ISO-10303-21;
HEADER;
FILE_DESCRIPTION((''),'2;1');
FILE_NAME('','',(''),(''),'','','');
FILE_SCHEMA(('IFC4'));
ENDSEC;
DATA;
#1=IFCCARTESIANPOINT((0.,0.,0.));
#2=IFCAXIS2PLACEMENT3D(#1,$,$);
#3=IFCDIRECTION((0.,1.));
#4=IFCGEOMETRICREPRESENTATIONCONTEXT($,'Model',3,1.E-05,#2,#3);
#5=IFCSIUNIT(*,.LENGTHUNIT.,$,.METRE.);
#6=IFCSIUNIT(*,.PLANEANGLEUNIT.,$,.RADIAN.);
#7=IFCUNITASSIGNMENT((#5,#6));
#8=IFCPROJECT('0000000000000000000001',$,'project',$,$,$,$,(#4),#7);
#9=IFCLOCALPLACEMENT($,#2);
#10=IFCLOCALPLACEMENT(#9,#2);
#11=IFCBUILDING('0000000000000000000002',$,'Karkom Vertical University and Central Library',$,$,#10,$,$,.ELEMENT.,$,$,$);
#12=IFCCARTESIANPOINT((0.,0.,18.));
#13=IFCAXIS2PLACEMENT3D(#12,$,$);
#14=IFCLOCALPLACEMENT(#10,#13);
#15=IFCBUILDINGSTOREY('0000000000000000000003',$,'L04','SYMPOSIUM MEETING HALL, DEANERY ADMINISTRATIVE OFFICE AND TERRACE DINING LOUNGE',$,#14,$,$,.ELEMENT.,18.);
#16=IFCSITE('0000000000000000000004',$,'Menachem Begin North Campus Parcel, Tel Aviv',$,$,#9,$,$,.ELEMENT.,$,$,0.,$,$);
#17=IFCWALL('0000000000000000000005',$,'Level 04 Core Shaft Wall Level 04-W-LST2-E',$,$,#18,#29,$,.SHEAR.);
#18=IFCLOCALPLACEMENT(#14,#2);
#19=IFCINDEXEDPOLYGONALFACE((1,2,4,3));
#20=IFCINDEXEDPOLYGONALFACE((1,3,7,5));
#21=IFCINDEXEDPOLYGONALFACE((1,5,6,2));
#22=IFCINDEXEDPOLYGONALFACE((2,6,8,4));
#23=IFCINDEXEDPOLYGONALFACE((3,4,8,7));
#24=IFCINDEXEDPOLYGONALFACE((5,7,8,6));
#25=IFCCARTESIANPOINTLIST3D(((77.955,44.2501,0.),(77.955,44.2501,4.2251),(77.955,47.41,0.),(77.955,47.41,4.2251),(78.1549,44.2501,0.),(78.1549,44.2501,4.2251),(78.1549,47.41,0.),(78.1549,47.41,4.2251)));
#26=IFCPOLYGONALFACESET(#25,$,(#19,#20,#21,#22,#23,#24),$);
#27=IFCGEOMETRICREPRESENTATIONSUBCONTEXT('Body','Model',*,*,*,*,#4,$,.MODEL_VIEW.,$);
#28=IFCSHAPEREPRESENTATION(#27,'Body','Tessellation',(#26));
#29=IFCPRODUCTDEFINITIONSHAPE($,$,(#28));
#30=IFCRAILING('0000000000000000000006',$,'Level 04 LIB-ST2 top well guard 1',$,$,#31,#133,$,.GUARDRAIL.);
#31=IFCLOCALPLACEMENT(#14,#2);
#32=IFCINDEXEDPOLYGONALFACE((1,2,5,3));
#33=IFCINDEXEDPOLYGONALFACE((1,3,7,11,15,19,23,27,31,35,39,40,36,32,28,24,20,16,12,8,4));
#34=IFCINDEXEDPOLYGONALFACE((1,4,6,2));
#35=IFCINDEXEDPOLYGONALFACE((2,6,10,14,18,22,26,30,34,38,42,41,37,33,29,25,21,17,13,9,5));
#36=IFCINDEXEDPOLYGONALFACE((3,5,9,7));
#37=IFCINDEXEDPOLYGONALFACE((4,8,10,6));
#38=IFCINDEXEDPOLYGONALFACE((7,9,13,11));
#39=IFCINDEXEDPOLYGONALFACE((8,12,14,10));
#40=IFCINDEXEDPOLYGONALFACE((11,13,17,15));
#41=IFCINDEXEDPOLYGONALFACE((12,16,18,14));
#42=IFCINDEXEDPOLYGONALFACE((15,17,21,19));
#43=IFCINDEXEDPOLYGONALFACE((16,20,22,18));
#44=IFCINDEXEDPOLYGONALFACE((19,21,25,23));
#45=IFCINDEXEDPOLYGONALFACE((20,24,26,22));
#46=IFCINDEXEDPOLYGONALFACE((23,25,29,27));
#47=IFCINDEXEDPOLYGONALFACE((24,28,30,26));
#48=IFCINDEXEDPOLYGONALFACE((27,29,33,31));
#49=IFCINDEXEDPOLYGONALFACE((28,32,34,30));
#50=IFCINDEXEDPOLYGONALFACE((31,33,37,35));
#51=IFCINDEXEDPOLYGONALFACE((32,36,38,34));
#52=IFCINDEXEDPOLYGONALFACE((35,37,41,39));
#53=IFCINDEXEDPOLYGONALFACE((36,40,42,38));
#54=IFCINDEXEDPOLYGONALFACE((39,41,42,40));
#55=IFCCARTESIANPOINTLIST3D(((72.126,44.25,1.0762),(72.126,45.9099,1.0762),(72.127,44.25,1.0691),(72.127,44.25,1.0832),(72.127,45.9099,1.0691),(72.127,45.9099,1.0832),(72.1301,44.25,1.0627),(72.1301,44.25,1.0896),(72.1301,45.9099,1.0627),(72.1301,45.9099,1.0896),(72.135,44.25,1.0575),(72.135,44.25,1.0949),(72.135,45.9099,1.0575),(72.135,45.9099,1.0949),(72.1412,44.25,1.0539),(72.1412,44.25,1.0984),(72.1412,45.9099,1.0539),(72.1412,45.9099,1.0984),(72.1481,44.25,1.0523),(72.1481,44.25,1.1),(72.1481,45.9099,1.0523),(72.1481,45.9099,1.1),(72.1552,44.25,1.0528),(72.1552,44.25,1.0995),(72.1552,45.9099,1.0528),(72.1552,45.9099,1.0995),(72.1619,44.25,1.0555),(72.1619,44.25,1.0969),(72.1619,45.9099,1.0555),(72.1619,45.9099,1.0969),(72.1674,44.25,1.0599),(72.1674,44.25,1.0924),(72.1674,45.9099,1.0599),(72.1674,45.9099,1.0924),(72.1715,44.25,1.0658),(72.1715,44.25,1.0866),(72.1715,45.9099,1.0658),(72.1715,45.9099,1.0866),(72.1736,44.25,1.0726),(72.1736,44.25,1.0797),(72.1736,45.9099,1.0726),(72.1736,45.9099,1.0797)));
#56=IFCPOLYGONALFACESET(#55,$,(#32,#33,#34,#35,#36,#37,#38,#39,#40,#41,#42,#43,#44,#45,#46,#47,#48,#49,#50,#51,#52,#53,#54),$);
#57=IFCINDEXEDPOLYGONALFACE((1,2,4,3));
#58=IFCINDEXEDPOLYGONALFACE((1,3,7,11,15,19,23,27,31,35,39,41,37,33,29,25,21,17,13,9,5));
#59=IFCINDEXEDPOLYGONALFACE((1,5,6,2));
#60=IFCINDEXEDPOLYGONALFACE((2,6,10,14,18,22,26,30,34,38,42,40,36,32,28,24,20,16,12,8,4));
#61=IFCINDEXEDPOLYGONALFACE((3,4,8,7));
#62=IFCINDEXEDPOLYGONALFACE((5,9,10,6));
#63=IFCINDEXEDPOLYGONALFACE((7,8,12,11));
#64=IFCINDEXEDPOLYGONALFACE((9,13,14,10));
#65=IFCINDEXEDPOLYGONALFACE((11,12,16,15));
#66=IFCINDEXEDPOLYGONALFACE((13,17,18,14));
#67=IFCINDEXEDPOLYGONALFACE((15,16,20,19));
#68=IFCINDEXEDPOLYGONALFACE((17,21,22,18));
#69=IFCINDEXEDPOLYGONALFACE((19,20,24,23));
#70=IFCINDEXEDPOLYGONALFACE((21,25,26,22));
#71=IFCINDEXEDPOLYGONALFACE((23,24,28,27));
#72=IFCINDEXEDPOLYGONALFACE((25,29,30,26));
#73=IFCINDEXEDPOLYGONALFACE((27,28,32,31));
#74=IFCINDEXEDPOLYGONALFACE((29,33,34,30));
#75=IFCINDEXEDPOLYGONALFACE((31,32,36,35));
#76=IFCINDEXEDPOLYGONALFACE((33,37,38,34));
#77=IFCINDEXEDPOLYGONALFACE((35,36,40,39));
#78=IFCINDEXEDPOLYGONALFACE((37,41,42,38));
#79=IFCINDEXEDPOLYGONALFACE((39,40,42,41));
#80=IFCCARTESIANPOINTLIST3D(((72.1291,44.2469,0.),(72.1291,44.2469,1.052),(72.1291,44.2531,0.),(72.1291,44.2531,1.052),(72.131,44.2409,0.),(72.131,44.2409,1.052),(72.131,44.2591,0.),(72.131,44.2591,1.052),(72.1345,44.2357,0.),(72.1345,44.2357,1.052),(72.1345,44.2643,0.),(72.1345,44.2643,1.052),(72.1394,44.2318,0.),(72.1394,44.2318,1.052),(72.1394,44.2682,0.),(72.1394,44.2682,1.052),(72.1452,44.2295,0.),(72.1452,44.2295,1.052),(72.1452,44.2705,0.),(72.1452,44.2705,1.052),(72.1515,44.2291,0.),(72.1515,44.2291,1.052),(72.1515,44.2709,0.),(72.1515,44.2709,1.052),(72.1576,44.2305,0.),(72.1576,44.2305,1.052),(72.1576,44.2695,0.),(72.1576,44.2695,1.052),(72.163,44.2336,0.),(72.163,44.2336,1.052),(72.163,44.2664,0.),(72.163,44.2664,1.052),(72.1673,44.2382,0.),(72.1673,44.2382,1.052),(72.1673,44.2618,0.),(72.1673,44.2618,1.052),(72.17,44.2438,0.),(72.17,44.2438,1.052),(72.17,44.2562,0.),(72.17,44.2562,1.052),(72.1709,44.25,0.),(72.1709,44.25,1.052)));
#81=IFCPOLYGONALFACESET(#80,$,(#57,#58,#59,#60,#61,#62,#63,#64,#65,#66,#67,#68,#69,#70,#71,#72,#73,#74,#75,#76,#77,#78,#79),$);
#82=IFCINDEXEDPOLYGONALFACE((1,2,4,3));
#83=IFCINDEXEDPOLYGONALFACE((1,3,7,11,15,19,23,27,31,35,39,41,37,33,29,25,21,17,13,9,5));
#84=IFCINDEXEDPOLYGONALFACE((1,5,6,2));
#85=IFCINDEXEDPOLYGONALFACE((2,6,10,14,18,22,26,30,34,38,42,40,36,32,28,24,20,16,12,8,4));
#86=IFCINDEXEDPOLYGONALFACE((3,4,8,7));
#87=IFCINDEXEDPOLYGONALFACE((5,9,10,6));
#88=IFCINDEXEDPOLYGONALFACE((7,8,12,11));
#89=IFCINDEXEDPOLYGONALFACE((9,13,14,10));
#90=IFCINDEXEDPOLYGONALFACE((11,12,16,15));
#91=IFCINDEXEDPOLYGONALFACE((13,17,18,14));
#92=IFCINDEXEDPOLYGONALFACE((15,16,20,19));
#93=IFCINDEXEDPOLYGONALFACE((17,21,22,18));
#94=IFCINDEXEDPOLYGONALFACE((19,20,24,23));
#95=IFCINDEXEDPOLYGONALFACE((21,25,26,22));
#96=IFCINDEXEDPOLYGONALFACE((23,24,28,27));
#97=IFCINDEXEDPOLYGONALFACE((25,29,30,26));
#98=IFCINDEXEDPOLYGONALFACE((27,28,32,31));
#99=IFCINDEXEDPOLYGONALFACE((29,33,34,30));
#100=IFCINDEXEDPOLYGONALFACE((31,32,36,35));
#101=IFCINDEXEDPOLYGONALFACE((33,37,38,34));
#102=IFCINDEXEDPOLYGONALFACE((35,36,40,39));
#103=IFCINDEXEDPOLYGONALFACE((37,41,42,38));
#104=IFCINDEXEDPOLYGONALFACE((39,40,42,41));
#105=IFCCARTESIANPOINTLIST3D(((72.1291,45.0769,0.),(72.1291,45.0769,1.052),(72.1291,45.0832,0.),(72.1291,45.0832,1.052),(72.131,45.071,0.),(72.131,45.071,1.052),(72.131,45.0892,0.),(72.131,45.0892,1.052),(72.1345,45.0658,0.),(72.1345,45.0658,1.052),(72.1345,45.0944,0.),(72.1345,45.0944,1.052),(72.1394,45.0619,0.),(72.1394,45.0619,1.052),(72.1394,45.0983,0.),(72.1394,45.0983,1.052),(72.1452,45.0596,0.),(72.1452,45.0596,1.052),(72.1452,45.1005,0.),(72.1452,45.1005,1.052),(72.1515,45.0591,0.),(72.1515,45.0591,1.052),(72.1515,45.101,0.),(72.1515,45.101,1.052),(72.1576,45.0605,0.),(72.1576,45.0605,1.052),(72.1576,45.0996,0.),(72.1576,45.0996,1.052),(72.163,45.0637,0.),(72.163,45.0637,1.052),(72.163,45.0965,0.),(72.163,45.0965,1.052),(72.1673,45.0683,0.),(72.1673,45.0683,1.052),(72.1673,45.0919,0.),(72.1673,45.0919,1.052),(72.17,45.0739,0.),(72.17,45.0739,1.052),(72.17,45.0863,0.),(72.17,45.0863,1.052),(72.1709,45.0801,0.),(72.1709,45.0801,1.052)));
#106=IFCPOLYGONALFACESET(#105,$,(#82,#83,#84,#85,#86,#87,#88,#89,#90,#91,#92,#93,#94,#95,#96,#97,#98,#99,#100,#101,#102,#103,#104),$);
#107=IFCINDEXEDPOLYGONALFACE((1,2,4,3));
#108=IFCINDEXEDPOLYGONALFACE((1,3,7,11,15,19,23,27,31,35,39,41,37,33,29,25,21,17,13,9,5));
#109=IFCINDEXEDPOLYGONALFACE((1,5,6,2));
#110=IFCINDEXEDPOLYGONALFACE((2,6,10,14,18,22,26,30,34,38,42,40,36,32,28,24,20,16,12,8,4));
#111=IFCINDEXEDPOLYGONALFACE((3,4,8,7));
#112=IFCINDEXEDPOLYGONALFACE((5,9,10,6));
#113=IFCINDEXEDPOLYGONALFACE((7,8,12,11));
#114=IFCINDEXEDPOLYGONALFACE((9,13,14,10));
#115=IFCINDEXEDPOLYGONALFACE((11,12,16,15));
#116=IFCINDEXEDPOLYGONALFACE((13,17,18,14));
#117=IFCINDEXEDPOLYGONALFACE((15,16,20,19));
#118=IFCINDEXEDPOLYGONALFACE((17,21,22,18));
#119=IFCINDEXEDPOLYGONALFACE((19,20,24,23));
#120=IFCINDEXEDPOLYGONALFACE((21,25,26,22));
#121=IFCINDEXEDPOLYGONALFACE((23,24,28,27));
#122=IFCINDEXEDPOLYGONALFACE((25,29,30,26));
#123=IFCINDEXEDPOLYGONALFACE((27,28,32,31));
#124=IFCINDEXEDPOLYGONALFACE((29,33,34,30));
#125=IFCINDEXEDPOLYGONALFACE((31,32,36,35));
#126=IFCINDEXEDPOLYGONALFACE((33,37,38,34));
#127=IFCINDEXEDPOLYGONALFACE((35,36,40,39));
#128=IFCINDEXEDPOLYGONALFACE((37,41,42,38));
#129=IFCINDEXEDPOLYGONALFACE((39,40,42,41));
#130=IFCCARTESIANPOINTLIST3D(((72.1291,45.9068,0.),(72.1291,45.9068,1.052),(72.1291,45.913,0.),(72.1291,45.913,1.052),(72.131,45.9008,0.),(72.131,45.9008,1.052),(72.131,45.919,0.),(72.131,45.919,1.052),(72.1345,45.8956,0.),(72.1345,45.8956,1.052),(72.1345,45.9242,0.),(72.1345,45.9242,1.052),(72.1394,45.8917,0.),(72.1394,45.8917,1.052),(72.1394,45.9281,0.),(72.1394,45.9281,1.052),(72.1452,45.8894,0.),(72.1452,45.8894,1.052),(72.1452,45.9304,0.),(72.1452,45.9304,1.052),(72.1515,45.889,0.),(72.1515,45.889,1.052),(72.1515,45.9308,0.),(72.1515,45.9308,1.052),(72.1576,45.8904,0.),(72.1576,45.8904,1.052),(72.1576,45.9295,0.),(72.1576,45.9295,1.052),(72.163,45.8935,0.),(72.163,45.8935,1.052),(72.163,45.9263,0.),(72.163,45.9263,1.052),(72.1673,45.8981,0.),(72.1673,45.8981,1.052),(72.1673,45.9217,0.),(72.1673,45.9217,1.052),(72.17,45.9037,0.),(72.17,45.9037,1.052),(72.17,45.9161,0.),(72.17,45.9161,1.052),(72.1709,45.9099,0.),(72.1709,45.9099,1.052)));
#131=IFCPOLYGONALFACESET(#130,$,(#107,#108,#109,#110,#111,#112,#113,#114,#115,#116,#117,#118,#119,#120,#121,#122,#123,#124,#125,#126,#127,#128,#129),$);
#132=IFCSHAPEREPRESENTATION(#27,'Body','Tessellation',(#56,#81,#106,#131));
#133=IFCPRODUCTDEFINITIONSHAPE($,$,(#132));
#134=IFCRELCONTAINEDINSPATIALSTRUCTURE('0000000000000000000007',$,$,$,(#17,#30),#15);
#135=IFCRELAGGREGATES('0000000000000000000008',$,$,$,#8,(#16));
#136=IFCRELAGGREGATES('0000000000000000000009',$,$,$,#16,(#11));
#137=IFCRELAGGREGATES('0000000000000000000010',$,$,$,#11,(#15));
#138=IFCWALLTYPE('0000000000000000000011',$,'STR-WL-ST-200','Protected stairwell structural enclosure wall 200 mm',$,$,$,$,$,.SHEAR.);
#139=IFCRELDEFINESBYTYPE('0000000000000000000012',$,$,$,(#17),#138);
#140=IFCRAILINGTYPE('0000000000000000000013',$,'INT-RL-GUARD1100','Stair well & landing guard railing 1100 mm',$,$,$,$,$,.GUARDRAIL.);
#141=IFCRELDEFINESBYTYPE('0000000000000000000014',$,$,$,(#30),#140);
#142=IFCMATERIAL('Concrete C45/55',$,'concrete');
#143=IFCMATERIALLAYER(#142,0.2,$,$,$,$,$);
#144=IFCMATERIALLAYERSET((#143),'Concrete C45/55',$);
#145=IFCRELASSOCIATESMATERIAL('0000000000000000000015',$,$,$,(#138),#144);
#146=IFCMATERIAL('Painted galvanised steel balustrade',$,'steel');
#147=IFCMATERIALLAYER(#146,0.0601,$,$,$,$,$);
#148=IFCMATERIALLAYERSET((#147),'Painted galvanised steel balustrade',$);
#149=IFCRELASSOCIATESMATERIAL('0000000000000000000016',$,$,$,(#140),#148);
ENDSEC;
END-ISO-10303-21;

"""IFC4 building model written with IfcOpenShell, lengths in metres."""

from ifc_helpers import new_model, si_unit, direction, frame, frame_2d, origin, origin_2d, place, context, subcontext, project, spatial, rectangle, circle, extrude, material, layer, layer_set, type_object, element, save


model = new_model("IFC4")

# Units and contexts
model_context = context("Model", 3, precision=1e-05, world=origin(), true_north=direction((0.0, 1.0)))
body_context = subcontext(model_context, "Body", "Model", "MODEL_VIEW")
ifc_project = project(units=[si_unit("LENGTHUNIT", "METRE"), si_unit("PLANEANGLEUNIT", "RADIAN")], contexts=[model_context])

# Site, building, storey
site_placement = place(None, origin())
site = spatial("IfcSite", under=ifc_project, at=site_placement, Name="Menachem Begin North Campus Parcel, Tel Aviv", CompositionType="ELEMENT", RefElevation=0.0)
building_placement = place(site_placement, origin())
building = spatial("IfcBuilding", under=site, at=building_placement, Name="Karkom Vertical University and Central Library", CompositionType="ELEMENT")
storey_placement = place(building_placement, frame((0.0, 0.0, 18.0)))
storey = spatial("IfcBuildingStorey", under=building, at=storey_placement, Name="L04", Description="SYMPOSIUM MEETING HALL, DEANERY ADMINISTRATIVE OFFICE AND TERRACE DINING LOUNGE", CompositionType="ELEMENT", Elevation=18.0)

# Shared definitions
ifc_material_1 = material(Name="Concrete C45/55", Category="concrete")

# Shared definitions
ifc_layer_1 = layer(ifc_material_1, 0.2)
ifc_layer_set_1 = layer_set([ifc_layer_1], Name="Concrete C45/55")
wall_type_1 = type_object("IfcWallType", Name="STR-WL-ST-200", Description="Protected stairwell structural enclosure wall 200 mm", PredefinedType="SHEAR", material=ifc_layer_set_1)

# Wall
wall_1_placement = place(storey_placement, frame((78.0549, 44.25, 0.0), z_axis=(0.0, 0.0, 1.0), x_axis=(0.0, 1.0, 0.0)))
element("IfcWall", 1, at=wall_1_placement, inside=storey, type_object=wall_type_1, Name="Level 04 Core Shaft Wall Level 04-W-LST2-E", PredefinedType="SHEAR", context=body_context, shape_type="SweptSolid", body=[
    extrude(rectangle(XDim=3.1599, YDim=0.2, at=frame_2d((1.5801, 0.0))), origin(), (0.0, 0.0, 1.0), 4.2251),
])

# Railing
ifc_material_2 = material(Name="Painted galvanised steel balustrade", Category="steel")
ifc_layer_2 = layer(ifc_material_2, 0.0601)
ifc_layer_set_2 = layer_set([ifc_layer_2], Name="Painted galvanised steel balustrade")
railing_type = type_object("IfcRailingType", Name="INT-RL-GUARD1100", Description="Stair well & landing guard railing 1100 mm", PredefinedType="GUARDRAIL", material=ifc_layer_set_2)
railing_placement = place(storey_placement, frame((72.1499, 44.25, 0.0)))
element("IfcRailing", 2, at=railing_placement, inside=storey, type_object=railing_type, Name="Level 04 LIB-ST2 top well guard 1", PredefinedType="GUARDRAIL", context=body_context, shape_type="SweptSolid", body=[
    extrude(circle(Radius=0.0239, at=origin_2d()), frame((0.0, 0.0, 1.0762), z_axis=(0.0, 1.0, 0.0), x_axis=(-1.0, 0.0, 0.0)), (0.0, 0.0, 1.0), 1.6599),
    extrude(circle(Radius=0.021, at=origin_2d()), origin(), (0.0, 0.0, 1.0), 1.052),
    extrude(circle(Radius=0.021, at=origin_2d()), frame((0.0, 0.8301, 0.0)), (0.0, 0.0, 1.0), 1.052),
    extrude(circle(Radius=0.021, at=origin_2d()), frame((0.0, 1.6599, 0.0)), (0.0, 0.0, 1.0), 1.052),
])

save(model, "model.ifc")
